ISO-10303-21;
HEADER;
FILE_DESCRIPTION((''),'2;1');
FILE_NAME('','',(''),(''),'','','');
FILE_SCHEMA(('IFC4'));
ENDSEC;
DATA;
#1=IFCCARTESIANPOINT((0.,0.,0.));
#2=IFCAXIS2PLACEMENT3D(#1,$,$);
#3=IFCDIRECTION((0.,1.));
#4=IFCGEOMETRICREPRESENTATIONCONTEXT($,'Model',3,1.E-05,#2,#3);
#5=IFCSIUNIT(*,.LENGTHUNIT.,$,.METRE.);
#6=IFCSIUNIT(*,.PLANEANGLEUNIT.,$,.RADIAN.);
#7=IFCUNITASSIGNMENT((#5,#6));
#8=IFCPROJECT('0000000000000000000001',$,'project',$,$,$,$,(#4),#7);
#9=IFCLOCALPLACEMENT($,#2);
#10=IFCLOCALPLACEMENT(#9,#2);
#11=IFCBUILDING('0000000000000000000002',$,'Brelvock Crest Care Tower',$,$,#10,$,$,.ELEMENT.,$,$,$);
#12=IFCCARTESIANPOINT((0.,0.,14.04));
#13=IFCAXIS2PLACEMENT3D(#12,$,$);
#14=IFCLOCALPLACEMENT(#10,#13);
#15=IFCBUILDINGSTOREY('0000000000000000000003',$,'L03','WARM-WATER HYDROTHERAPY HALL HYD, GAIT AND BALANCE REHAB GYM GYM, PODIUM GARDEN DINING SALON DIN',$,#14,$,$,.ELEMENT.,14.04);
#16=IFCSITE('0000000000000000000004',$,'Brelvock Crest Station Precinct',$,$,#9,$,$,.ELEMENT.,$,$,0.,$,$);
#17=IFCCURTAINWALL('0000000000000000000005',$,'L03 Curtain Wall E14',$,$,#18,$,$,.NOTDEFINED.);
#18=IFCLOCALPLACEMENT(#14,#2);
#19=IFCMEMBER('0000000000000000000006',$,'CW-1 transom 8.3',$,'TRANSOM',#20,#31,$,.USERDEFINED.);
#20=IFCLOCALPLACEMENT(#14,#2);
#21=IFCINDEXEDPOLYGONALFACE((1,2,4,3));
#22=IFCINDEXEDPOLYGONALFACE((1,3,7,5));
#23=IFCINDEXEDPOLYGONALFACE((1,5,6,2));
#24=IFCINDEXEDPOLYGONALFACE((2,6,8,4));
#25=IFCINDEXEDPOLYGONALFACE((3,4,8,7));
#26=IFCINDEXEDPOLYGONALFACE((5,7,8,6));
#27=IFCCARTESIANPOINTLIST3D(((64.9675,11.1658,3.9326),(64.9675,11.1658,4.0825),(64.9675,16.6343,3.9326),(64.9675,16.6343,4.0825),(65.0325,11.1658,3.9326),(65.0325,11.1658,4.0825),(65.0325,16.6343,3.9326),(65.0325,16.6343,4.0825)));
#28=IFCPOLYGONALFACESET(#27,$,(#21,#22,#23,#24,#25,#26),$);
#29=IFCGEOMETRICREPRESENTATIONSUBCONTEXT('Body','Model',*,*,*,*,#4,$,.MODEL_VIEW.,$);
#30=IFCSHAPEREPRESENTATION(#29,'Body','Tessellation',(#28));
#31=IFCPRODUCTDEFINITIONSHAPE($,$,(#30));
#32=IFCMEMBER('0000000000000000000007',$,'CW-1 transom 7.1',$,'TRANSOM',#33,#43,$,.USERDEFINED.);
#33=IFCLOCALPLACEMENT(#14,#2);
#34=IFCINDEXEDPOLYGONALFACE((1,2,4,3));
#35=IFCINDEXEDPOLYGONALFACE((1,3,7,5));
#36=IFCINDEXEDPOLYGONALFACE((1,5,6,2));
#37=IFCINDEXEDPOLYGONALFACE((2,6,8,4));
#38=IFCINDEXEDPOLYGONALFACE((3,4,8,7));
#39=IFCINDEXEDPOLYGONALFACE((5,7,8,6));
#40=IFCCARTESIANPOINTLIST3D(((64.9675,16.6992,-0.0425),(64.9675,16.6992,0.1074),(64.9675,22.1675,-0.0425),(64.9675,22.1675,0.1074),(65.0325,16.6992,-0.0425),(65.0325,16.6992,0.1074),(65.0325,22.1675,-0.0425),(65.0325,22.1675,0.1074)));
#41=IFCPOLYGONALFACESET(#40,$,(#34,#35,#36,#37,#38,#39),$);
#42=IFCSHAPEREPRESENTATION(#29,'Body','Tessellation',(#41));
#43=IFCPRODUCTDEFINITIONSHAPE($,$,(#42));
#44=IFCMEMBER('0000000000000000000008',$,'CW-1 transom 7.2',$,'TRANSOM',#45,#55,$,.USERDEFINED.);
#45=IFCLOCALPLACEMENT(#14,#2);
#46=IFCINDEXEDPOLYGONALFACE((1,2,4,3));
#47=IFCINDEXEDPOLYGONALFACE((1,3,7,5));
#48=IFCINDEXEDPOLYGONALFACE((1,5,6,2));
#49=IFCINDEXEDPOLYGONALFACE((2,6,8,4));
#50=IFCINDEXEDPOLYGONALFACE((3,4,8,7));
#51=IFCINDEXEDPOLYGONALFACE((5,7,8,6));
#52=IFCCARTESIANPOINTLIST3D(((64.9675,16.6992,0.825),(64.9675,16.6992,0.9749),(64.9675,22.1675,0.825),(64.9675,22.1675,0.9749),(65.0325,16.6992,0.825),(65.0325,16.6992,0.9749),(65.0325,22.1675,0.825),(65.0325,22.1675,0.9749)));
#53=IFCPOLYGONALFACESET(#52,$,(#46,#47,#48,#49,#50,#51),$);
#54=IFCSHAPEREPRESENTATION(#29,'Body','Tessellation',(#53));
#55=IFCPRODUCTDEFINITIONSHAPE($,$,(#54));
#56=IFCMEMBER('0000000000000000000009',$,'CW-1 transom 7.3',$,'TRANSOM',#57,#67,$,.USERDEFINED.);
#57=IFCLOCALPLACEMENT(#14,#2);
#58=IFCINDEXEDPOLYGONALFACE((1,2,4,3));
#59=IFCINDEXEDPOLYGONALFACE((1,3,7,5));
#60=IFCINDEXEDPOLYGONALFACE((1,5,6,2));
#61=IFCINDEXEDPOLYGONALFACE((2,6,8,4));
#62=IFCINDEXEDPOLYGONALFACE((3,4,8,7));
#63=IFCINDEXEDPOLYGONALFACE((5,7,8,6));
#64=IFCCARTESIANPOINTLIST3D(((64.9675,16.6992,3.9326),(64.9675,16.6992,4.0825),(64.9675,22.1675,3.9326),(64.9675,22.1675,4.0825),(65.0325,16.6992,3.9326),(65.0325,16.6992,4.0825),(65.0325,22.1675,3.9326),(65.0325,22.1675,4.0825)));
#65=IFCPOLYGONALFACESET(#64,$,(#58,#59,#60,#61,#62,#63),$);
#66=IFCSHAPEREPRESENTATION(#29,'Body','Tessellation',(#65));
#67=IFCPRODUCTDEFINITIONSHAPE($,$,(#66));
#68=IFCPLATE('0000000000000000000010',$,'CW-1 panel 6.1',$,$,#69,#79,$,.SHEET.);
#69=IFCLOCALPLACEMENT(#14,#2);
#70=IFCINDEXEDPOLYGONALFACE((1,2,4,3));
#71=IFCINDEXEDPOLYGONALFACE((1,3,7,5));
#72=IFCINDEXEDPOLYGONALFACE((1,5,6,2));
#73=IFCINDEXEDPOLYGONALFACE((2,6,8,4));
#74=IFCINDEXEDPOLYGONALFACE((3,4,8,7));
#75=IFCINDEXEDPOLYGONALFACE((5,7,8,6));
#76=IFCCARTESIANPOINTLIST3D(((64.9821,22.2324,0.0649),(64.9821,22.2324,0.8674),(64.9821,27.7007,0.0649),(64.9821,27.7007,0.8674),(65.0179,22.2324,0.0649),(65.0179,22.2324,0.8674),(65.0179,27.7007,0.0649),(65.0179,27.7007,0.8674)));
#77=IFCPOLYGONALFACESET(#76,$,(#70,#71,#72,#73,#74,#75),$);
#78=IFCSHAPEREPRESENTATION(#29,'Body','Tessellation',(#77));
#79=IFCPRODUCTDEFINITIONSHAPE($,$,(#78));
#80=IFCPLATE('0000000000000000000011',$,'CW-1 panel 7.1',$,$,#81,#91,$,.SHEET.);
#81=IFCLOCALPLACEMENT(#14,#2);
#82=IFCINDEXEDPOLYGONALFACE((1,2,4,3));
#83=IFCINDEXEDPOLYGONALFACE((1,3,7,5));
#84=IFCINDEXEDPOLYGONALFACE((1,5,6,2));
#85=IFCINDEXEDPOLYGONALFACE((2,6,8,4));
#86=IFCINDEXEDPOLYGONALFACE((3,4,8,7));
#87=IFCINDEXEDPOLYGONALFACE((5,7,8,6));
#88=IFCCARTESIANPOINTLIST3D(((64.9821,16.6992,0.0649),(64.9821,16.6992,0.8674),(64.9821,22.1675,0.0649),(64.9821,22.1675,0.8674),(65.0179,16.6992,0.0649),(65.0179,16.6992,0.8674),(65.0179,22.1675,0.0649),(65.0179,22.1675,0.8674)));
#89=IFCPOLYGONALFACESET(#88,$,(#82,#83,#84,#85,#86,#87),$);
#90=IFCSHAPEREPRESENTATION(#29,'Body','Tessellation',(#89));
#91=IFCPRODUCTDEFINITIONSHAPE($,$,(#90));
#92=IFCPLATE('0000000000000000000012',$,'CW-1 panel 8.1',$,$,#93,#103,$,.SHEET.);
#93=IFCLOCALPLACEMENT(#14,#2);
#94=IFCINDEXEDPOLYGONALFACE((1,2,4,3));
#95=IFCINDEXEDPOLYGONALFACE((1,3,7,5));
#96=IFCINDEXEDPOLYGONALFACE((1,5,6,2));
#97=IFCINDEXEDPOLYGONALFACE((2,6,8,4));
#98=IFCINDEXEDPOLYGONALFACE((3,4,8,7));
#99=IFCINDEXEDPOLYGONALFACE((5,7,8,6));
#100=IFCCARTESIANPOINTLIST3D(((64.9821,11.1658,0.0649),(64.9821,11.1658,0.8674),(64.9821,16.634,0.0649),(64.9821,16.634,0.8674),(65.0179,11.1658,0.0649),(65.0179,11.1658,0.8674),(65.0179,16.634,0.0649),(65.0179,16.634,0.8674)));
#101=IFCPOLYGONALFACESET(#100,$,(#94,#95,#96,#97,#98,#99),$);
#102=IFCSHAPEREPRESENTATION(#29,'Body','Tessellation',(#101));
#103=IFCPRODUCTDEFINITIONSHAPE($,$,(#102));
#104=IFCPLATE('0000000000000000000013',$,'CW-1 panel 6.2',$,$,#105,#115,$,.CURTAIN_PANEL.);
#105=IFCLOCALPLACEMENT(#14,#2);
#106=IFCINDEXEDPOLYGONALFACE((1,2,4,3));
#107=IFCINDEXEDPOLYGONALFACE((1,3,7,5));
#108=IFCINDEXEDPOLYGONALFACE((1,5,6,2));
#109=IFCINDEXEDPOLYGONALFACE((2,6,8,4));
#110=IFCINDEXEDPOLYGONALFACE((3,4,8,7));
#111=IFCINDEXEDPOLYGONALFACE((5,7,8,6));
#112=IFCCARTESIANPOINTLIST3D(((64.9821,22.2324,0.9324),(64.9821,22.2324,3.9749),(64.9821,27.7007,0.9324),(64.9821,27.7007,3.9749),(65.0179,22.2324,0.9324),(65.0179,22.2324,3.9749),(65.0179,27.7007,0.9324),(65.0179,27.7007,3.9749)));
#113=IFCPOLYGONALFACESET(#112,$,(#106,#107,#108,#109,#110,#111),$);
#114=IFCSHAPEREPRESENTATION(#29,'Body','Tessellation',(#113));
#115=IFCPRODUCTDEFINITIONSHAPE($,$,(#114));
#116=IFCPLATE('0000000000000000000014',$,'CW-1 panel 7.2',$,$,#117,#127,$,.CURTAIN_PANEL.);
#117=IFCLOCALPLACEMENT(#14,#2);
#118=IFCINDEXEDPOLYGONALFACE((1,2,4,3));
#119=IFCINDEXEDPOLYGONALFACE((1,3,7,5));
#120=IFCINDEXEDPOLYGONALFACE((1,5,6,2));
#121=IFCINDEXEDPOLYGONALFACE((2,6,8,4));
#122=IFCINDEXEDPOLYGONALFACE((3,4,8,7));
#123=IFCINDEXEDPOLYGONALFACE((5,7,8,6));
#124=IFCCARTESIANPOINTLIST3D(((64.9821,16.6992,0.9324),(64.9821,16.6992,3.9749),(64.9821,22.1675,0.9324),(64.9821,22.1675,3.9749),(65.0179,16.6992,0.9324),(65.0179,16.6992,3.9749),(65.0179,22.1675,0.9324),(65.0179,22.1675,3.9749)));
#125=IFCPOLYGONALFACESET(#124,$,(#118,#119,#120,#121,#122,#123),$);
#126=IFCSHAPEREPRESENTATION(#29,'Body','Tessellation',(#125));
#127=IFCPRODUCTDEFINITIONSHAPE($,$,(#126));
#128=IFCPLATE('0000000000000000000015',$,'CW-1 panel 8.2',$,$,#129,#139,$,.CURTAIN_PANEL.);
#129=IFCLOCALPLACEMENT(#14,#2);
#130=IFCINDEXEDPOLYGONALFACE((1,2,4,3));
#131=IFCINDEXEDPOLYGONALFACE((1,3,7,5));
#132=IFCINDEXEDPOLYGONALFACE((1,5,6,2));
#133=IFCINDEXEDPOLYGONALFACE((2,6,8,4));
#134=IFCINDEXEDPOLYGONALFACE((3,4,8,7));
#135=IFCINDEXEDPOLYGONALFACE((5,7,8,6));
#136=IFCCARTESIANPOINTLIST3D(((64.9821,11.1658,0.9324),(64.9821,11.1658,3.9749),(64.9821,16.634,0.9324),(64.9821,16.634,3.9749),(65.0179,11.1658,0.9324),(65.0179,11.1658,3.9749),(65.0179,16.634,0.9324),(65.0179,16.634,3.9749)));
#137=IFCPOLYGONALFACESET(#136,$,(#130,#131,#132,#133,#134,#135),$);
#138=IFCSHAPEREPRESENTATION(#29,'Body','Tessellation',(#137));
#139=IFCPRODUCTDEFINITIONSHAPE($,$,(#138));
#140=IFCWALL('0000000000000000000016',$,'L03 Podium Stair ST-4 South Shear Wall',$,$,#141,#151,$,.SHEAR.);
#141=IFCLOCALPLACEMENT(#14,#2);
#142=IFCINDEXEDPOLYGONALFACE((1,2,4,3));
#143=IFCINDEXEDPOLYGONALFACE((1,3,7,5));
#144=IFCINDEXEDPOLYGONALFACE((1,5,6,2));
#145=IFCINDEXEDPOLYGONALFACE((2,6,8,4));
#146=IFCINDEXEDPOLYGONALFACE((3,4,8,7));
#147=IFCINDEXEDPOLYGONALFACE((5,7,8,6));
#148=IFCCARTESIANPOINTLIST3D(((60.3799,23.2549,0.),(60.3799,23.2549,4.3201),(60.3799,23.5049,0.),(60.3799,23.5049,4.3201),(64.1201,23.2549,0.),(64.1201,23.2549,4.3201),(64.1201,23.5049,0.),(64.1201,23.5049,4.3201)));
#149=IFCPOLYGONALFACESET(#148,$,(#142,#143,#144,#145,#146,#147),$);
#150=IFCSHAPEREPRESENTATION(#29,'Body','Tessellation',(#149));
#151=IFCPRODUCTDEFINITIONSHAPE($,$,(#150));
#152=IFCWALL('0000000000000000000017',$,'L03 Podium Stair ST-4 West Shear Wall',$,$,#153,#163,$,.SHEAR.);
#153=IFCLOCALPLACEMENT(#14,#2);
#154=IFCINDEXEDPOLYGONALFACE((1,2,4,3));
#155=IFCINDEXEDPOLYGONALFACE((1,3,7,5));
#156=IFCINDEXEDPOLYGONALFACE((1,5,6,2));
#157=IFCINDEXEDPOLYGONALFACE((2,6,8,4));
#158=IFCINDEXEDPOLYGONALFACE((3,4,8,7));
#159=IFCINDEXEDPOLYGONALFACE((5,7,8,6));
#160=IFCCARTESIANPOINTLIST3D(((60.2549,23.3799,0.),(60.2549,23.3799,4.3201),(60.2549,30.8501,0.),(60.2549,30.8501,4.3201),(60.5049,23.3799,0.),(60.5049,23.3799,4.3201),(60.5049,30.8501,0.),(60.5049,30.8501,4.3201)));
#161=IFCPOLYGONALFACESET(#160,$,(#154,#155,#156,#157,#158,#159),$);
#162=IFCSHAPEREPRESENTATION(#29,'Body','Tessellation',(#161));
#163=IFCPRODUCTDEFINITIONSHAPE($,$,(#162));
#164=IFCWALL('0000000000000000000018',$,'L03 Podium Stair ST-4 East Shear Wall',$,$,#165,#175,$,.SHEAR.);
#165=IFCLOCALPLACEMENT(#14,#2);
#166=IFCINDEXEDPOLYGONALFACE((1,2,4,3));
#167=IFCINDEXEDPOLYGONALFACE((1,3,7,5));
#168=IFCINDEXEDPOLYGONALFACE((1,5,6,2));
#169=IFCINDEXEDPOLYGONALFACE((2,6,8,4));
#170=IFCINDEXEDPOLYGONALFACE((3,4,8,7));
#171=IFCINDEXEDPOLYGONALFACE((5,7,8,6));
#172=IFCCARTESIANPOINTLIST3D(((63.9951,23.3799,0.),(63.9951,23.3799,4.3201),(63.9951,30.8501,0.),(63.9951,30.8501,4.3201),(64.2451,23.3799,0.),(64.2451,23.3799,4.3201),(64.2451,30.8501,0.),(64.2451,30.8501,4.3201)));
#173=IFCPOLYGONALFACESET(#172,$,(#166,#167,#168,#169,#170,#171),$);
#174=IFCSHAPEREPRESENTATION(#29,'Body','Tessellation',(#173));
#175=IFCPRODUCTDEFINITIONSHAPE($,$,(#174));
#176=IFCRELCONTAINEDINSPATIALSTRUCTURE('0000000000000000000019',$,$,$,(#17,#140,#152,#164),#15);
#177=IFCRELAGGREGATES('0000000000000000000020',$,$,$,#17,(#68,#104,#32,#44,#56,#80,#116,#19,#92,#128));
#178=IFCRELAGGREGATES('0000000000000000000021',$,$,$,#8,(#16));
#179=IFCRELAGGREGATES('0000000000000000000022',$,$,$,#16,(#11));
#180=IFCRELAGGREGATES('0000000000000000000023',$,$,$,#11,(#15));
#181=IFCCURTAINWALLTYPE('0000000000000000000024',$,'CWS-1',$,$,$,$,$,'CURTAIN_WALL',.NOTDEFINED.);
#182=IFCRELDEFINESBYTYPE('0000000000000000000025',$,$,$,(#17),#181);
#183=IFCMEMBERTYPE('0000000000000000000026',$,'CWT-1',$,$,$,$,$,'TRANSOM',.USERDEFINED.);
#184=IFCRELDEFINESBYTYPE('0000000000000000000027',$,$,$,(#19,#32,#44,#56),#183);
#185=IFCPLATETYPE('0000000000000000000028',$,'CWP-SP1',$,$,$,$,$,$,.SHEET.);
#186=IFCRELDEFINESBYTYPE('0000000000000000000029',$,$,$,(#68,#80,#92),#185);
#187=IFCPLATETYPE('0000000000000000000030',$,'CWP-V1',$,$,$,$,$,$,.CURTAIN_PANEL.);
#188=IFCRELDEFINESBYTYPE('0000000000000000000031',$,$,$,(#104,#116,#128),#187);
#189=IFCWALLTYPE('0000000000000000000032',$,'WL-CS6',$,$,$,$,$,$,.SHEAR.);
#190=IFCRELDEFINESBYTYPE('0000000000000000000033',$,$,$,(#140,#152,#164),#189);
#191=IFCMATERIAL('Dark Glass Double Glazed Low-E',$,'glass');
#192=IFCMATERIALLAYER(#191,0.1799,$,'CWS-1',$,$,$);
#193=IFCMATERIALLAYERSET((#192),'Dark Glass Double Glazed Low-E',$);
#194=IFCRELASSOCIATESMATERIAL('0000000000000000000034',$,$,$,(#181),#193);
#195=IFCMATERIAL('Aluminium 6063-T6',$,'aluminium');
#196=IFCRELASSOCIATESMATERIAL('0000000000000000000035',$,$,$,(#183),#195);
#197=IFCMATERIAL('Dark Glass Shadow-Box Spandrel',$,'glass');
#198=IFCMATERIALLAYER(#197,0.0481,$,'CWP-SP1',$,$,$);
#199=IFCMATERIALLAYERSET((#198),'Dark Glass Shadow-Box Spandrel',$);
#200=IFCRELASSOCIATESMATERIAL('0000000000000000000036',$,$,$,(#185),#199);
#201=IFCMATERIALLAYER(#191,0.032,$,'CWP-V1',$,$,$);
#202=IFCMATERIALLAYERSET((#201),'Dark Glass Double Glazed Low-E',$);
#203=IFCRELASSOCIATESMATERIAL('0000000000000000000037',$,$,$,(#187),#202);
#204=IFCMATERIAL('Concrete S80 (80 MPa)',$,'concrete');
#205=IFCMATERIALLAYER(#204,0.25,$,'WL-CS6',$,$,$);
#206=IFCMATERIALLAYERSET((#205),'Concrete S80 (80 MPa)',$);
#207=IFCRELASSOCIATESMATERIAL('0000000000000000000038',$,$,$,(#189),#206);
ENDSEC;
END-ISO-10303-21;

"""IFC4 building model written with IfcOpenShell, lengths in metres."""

from ifc_helpers import new_model, si_unit, direction, frame, frame_2d, origin, origin_2d, place, context, subcontext, project, spatial, rectangle, extrude, source, transform, mapped, material, layer, layer_set, material_profile, profile_set, type_object, element, aggregate, save


model = new_model("IFC4")

# Units and contexts
model_context = context("Model", 3, precision=1e-05, world=origin(), true_north=direction((0.0, 1.0)))
body_context = subcontext(model_context, "Body", "Model", "MODEL_VIEW")
ifc_project = project(units=[si_unit("LENGTHUNIT", "METRE"), si_unit("PLANEANGLEUNIT", "RADIAN")], contexts=[model_context])

# Site, building, storey
site_placement = place(None, origin())
site = spatial("IfcSite", under=ifc_project, at=site_placement, Name="Brelvock Crest Station Precinct", CompositionType="ELEMENT", RefElevation=0.0)
building_placement = place(site_placement, origin())
building = spatial("IfcBuilding", under=site, at=building_placement, Name="Brelvock Crest Care Tower", CompositionType="ELEMENT")
storey_placement = place(building_placement, frame((0.0, 0.0, 14.04)))
storey = spatial("IfcBuildingStorey", under=building, at=storey_placement, Name="L03", Description="WARM-WATER HYDROTHERAPY HALL HYD, GAIT AND BALANCE REHAB GYM GYM, PODIUM GARDEN DINING SALON DIN", CompositionType="ELEMENT", Elevation=14.04)

# Curtain wall, members, plates
ifc_material_1 = material(Name="Dark Glass Double Glazed Low-E", Category="glass")
ifc_layer_1 = layer(ifc_material_1, 0.1799, Name="CWS-1")
ifc_layer_set_1 = layer_set([ifc_layer_1], Name="Dark Glass Double Glazed Low-E")
curtain_wall_type = type_object("IfcCurtainWallType", Name="CWS-1", ElementType="CURTAIN_WALL", PredefinedType="NOTDEFINED", material=ifc_layer_set_1)
curtain_wall_placement = place(storey_placement, origin())
curtain_wall = element("IfcCurtainWall", 1, at=curtain_wall_placement, inside=storey, type_object=curtain_wall_type, Name="L03 Curtain Wall E14", PredefinedType="NOTDEFINED")
ifc_material_2 = material(Name="Aluminium 6063-T6", Category="aluminium")
ifc_material_profile_1 = material_profile(ifc_material_2, rectangle(XDim=0.0649, YDim=0.1499, at=origin_2d()), Name="ALU65x150")
ifc_profile_set_1 = profile_set([ifc_material_profile_1], Name="Aluminium 6063-T6")
member_type_1 = type_object("IfcMemberType", Name="CWT-1", ElementType="TRANSOM", PredefinedType="USERDEFINED", material=ifc_profile_set_1)
shared_shape_1 = source(origin(), body_context, "Body", "SweptSolid", [
    extrude(rectangle(XDim=0.0649, YDim=0.1499, at=origin_2d()), origin(), (0.0, 0.0, 1.0), 5.4685),
])
member_1_placement = place(storey_placement, frame((65.0, 16.6343, 4.0076), z_axis=(0.0, -1.0, 0.0), x_axis=(1.0, 0.0, 0.0)))
member_1 = element("IfcMember", 2, at=member_1_placement, type_object=member_type_1, Name="CW-1 transom 8.3", ObjectType="TRANSOM", PredefinedType="USERDEFINED", context=body_context, shape_type="MappedRepresentation", body=[
    mapped(shared_shape_1, transform((0.0, 0.0, 0.0), x_axis=(1.0, 0.0, 0.0), y_axis=(0.0, 1.0, 0.0), z_axis=(0.0, 0.0, 1.0), scale=1.0)),
])
shared_shape_2 = source(origin(), body_context, "Body", "SweptSolid", [
    extrude(rectangle(XDim=0.0649, YDim=0.1499, at=origin_2d()), origin(), (0.0, 0.0, 1.0), 5.4683),
])
member_2_placement = place(storey_placement, frame((65.0, 22.1675, 0.0325), z_axis=(0.0, -1.0, 0.0), x_axis=(1.0, 0.0, 0.0)))
member_2 = element("IfcMember", 3, at=member_2_placement, type_object=member_type_1, Name="CW-1 transom 7.1", ObjectType="TRANSOM", PredefinedType="USERDEFINED", context=body_context, shape_type="MappedRepresentation", body=[
    mapped(shared_shape_2, transform((0.0, 0.0, 0.0), x_axis=(1.0, 0.0, 0.0), y_axis=(0.0, 1.0, 0.0), z_axis=(0.0, 0.0, 1.0), scale=1.0)),
])
member_3_placement = place(storey_placement, frame((65.0, 22.1675, 0.8999), z_axis=(0.0, -1.0, 0.0), x_axis=(1.0, 0.0, 0.0)))
member_3 = element("IfcMember", 4, at=member_3_placement, type_object=member_type_1, Name="CW-1 transom 7.2", ObjectType="TRANSOM", PredefinedType="USERDEFINED", context=body_context, shape_type="MappedRepresentation", body=[
    mapped(shared_shape_2, transform((0.0, 0.0, 0.0), x_axis=(1.0, 0.0, 0.0), y_axis=(0.0, 1.0, 0.0), z_axis=(0.0, 0.0, 1.0), scale=1.0)),
])
member_4_placement = place(storey_placement, frame((65.0, 22.1675, 4.0076), z_axis=(0.0, -1.0, 0.0), x_axis=(1.0, 0.0, 0.0)))
member_4 = element("IfcMember", 5, at=member_4_placement, type_object=member_type_1, Name="CW-1 transom 7.3", ObjectType="TRANSOM", PredefinedType="USERDEFINED", context=body_context, shape_type="MappedRepresentation", body=[
    mapped(shared_shape_2, transform((0.0, 0.0, 0.0), x_axis=(1.0, 0.0, 0.0), y_axis=(0.0, 1.0, 0.0), z_axis=(0.0, 0.0, 1.0), scale=1.0)),
])
ifc_material_3 = material(Name="Dark Glass Shadow-Box Spandrel", Category="glass")
ifc_layer_2 = layer(ifc_material_3, 0.0481, Name="CWP-SP1")
ifc_layer_set_2 = layer_set([ifc_layer_2], Name="Dark Glass Shadow-Box Spandrel")
plate_type_1 = type_object("IfcPlateType", Name="CWP-SP1", PredefinedType="SHEET", material=ifc_layer_set_2)
shared_shape_3 = source(origin(), body_context, "Body", "SweptSolid", [
    extrude(rectangle(XDim=5.4683, YDim=0.0359, at=origin_2d()), origin(), (0.0, 0.0, 1.0), 0.8025),
])
plate_1_placement = place(storey_placement, frame((65.0, 24.9666, 0.0649), z_axis=(0.0, 0.0, 1.0), x_axis=(0.0, -1.0, 0.0)))
plate_1 = element("IfcPlate", 6, at=plate_1_placement, type_object=plate_type_1, Name="CW-1 panel 6.1", PredefinedType="SHEET", context=body_context, shape_type="MappedRepresentation", body=[
    mapped(shared_shape_3, transform((0.0, 0.0, 0.0), x_axis=(1.0, 0.0, 0.0), y_axis=(0.0, 1.0, 0.0), z_axis=(0.0, 0.0, 1.0), scale=1.0)),
])
plate_2_placement = place(storey_placement, frame((65.0, 19.4333, 0.0649), z_axis=(0.0, 0.0, 1.0), x_axis=(0.0, -1.0, 0.0)))
plate_2 = element("IfcPlate", 7, at=plate_2_placement, type_object=plate_type_1, Name="CW-1 panel 7.1", PredefinedType="SHEET", context=body_context, shape_type="MappedRepresentation", body=[
    mapped(shared_shape_3, transform((0.0, 0.0, 0.0), x_axis=(1.0, 0.0, 0.0), y_axis=(0.0, 1.0, 0.0), z_axis=(0.0, 0.0, 1.0), scale=1.0)),
])
plate_3_placement = place(storey_placement, frame((65.0, 13.8999, 0.0649), z_axis=(0.0, 0.0, 1.0), x_axis=(0.0, -1.0, 0.0)))
plate_3 = element("IfcPlate", 8, at=plate_3_placement, type_object=plate_type_1, Name="CW-1 panel 8.1", PredefinedType="SHEET", context=body_context, shape_type="MappedRepresentation", body=[
    mapped(shared_shape_3, transform((0.0, 0.0, 0.0), x_axis=(1.0, 0.0, 0.0), y_axis=(0.0, 1.0, 0.0), z_axis=(0.0, 0.0, 1.0), scale=1.0)),
])
ifc_layer_3 = layer(ifc_material_1, 0.032, Name="CWP-V1")
ifc_layer_set_3 = layer_set([ifc_layer_3], Name="Dark Glass Double Glazed Low-E")
plate_type_2 = type_object("IfcPlateType", Name="CWP-V1", PredefinedType="CURTAIN_PANEL", material=ifc_layer_set_3)
shared_shape_4 = source(origin(), body_context, "Body", "SweptSolid", [
    extrude(rectangle(XDim=5.4683, YDim=0.0359, at=origin_2d()), origin(), (0.0, 0.0, 1.0), 3.0425),
])
plate_4_placement = place(storey_placement, frame((65.0, 24.9666, 0.9324), z_axis=(0.0, 0.0, 1.0), x_axis=(0.0, -1.0, 0.0)))
plate_4 = element("IfcPlate", 9, at=plate_4_placement, type_object=plate_type_2, Name="CW-1 panel 6.2", PredefinedType="CURTAIN_PANEL", context=body_context, shape_type="MappedRepresentation", body=[
    mapped(shared_shape_4, transform((0.0, 0.0, 0.0), x_axis=(1.0, 0.0, 0.0), y_axis=(0.0, 1.0, 0.0), z_axis=(0.0, 0.0, 1.0), scale=1.0)),
])
plate_5_placement = place(storey_placement, frame((65.0, 19.4333, 0.9324), z_axis=(0.0, 0.0, 1.0), x_axis=(0.0, -1.0, 0.0)))
plate_5 = element("IfcPlate", 10, at=plate_5_placement, type_object=plate_type_2, Name="CW-1 panel 7.2", PredefinedType="CURTAIN_PANEL", context=body_context, shape_type="MappedRepresentation", body=[
    mapped(shared_shape_4, transform((0.0, 0.0, 0.0), x_axis=(1.0, 0.0, 0.0), y_axis=(0.0, 1.0, 0.0), z_axis=(0.0, 0.0, 1.0), scale=1.0)),
])
plate_6_placement = place(storey_placement, frame((65.0, 13.8999, 0.9324), z_axis=(0.0, 0.0, 1.0), x_axis=(0.0, -1.0, 0.0)))
plate_6 = element("IfcPlate", 11, at=plate_6_placement, type_object=plate_type_2, Name="CW-1 panel 8.2", PredefinedType="CURTAIN_PANEL", context=body_context, shape_type="MappedRepresentation", body=[
    mapped(shared_shape_4, transform((0.0, 0.0, 0.0), x_axis=(1.0, 0.0, 0.0), y_axis=(0.0, 1.0, 0.0), z_axis=(0.0, 0.0, 1.0), scale=1.0)),
])
aggregate(curtain_wall, [plate_1, plate_4, member_2, member_3, member_4, plate_2, plate_5, member_1, plate_3, plate_6])

# Walls
ifc_material_4 = material(Name="Concrete S80 (80 MPa)", Category="concrete")
ifc_layer_4 = layer(ifc_material_4, 0.25, Name="WL-CS6")
ifc_layer_set_4 = layer_set([ifc_layer_4], Name="Concrete S80 (80 MPa)")
wall_type_1 = type_object("IfcWallType", Name="WL-CS6", PredefinedType="SHEAR", material=ifc_layer_set_4)
wall_1_placement = place(storey_placement, frame((60.3799, 23.3799, 0.0), z_axis=(0.0, 0.0, 1.0), x_axis=(1.0, 0.0, 0.0)))
element("IfcWall", 12, at=wall_1_placement, inside=storey, type_object=wall_type_1, Name="L03 Podium Stair ST-4 South Shear Wall", PredefinedType="SHEAR", context=body_context, shape_type="SweptSolid", body=[
    extrude(rectangle(XDim=3.7402, YDim=0.25, at=frame_2d((1.8701, 0.0))), origin(), (0.0, 0.0, 1.0), 4.3201),
])
for number, where, z_axis, x_axis, name in (
    (13, (60.3799, 23.3799, 0.0), (0.0, 0.0, 1.0), (0.0, 1.0, 0.0), "L03 Podium Stair ST-4 West Shear Wall"),
    (14, (64.1201, 23.3799, 0.0), (0.0, 0.0, 1.0), (0.0, 1.0, 0.0), "L03 Podium Stair ST-4 East Shear Wall"),
):
    element("IfcWall", number, at=place(storey_placement, frame(where, z_axis=z_axis, x_axis=x_axis)), inside=storey, type_object=wall_type_1, Name=name, PredefinedType="SHEAR", context=body_context, shape_type="SweptSolid", body=[
        extrude(rectangle(XDim=7.4702, YDim=0.25, at=frame_2d((3.7351, 0.0))), origin(), (0.0, 0.0, 1.0), 4.3201),
    ])

save(model, "model.ifc")
